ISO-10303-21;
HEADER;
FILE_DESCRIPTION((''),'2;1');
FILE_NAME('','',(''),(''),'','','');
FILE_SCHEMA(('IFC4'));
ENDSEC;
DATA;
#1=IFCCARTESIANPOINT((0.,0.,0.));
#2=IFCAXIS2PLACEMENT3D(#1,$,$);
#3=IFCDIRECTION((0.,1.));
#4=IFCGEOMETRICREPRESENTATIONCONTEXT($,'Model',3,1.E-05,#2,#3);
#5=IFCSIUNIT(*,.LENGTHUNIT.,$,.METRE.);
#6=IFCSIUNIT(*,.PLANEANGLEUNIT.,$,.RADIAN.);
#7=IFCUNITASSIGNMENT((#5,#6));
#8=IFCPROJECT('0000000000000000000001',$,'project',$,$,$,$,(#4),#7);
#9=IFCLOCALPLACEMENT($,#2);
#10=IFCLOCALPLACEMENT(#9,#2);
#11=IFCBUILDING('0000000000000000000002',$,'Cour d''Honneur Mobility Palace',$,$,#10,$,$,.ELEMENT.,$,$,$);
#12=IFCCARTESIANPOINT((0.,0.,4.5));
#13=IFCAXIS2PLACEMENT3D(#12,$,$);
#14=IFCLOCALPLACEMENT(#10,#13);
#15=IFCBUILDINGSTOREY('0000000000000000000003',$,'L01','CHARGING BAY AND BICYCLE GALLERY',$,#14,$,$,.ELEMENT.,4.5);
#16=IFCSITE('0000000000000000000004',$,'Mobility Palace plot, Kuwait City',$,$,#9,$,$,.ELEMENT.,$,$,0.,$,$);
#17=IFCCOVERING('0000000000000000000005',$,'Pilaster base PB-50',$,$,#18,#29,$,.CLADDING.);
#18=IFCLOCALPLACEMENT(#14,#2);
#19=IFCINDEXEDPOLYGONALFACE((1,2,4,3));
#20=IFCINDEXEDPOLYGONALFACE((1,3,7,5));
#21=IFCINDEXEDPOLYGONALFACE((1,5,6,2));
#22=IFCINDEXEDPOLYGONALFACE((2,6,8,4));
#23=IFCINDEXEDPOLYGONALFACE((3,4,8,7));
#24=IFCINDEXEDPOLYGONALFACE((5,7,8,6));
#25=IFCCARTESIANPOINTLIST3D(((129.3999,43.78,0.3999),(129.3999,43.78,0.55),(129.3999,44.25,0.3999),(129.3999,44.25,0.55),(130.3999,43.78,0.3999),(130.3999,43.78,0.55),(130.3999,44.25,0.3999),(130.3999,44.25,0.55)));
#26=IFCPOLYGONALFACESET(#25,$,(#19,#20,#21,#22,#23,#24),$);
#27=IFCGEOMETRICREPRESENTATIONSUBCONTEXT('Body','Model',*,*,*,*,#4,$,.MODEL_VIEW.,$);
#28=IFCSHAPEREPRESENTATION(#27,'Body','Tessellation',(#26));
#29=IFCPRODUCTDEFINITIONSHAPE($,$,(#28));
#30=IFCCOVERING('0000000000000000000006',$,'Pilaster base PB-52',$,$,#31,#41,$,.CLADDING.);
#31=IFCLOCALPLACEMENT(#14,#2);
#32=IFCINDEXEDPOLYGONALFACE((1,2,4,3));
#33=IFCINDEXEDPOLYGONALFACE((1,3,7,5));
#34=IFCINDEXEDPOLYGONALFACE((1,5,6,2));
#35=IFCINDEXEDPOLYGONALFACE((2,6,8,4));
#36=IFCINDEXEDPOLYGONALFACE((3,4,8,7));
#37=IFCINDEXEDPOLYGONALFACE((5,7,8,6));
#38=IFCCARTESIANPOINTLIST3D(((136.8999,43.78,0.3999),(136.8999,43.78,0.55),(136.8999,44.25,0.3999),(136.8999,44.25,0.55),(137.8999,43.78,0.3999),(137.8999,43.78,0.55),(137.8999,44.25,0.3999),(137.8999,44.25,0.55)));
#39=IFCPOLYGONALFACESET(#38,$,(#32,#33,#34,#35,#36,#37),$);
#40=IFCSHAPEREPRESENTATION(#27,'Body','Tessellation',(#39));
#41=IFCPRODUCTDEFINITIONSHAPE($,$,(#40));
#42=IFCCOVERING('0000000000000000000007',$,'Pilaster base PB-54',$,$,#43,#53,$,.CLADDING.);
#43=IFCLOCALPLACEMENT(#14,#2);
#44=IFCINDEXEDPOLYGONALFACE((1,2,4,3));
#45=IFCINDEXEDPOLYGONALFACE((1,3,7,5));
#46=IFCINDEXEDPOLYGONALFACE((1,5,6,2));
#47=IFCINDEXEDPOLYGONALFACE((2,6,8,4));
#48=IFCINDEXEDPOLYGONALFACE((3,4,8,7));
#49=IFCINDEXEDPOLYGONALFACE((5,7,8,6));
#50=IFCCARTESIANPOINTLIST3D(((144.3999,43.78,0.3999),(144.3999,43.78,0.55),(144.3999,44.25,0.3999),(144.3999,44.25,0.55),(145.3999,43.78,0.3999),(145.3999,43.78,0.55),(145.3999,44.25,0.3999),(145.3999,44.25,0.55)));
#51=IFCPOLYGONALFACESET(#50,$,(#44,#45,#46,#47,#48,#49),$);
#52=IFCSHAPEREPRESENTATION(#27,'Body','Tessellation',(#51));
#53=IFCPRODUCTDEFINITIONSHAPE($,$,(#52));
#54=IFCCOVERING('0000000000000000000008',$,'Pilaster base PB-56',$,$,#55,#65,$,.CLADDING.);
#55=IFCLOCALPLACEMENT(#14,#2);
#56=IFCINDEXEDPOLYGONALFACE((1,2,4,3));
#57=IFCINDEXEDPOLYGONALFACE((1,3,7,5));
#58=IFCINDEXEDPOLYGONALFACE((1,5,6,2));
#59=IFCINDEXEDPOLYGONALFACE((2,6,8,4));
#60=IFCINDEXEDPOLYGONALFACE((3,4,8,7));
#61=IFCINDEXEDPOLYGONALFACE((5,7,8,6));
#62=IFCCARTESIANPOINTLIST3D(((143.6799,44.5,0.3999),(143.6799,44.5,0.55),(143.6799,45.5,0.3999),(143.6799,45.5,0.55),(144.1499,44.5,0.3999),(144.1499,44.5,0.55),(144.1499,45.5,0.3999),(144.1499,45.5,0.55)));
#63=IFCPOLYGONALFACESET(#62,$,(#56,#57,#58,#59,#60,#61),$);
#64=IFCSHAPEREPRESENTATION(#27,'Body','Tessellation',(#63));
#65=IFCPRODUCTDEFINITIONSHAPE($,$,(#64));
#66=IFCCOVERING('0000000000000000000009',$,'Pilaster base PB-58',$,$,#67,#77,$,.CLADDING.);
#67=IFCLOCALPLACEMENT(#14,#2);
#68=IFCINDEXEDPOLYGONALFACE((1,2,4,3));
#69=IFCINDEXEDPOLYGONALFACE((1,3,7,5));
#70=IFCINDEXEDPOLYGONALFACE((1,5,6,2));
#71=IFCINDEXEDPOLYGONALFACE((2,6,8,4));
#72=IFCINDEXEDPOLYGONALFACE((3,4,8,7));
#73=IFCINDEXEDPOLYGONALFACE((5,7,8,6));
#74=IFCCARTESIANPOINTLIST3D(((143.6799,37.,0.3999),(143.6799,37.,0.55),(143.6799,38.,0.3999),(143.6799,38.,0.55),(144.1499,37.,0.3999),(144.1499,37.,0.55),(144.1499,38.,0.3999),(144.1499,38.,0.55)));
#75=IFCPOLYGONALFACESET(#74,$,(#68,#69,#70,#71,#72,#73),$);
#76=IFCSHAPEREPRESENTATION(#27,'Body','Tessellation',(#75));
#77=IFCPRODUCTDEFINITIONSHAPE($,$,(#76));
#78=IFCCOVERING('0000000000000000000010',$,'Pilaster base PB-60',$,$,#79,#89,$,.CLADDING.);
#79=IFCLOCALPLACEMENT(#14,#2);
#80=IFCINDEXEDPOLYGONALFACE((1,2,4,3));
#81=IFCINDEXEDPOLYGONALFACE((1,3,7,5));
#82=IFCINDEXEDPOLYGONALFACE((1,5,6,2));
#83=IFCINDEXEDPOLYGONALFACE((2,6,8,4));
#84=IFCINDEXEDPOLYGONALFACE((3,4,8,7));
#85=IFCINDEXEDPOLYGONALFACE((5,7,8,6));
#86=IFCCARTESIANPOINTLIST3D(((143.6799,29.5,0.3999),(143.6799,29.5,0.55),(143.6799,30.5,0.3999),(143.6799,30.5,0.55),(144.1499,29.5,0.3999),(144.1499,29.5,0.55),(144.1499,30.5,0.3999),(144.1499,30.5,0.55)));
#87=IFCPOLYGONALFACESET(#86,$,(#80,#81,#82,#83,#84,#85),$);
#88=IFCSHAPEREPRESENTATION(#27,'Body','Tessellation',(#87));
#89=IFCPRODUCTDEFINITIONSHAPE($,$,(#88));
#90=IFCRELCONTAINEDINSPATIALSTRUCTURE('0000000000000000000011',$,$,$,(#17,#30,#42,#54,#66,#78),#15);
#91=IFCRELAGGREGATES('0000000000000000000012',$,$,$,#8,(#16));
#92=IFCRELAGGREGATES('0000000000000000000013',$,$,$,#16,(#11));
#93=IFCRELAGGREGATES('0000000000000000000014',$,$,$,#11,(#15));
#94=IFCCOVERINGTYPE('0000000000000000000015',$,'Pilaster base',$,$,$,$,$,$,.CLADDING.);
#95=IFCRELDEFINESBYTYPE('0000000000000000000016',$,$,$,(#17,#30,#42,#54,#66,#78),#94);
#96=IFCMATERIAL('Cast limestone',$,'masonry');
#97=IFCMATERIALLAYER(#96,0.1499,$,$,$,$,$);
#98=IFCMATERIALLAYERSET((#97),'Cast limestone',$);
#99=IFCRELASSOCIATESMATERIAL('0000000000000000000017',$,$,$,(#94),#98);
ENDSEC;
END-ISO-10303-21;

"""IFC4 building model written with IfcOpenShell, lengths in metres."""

from ifc_helpers import new_model, si_unit, direction, frame, origin, place, context, subcontext, project, spatial, polyline, outline, extrude, material, layer, layer_set, type_object, element, save


model = new_model("IFC4")

# Units and contexts
model_context = context("Model", 3, precision=1e-05, world=origin(), true_north=direction((0.0, 1.0)))
body_context = subcontext(model_context, "Body", "Model", "MODEL_VIEW")
ifc_project = project(units=[si_unit("LENGTHUNIT", "METRE"), si_unit("PLANEANGLEUNIT", "RADIAN")], contexts=[model_context])

# Site, building, storey
site_placement = place(None, origin())
site = spatial("IfcSite", under=ifc_project, at=site_placement, Name="Mobility Palace plot, Kuwait City", CompositionType="ELEMENT", RefElevation=0.0)
building_placement = place(site_placement, origin())
building = spatial("IfcBuilding", under=site, at=building_placement, Name="Cour d'Honneur Mobility Palace", CompositionType="ELEMENT")
storey_placement = place(building_placement, frame((0.0, 0.0, 4.5)))
storey = spatial("IfcBuildingStorey", under=building, at=storey_placement, Name="L01", Description="CHARGING BAY AND BICYCLE GALLERY", CompositionType="ELEMENT", Elevation=4.5)

# Coverings
ifc_material = material(Name="Cast limestone", Category="masonry")
ifc_layer = layer(ifc_material, 0.1499)
ifc_layer_set = layer_set([ifc_layer], Name="Cast limestone")
covering_type = type_object("IfcCoveringType", Name="Pilaster base", PredefinedType="CLADDING", material=ifc_layer_set)
covering_1_placement = place(storey_placement, frame((0.0, 0.0, 0.3999)))
element("IfcCovering", 1, at=covering_1_placement, inside=storey, type_object=covering_type, Name="Pilaster base PB-50", PredefinedType="CLADDING", context=body_context, shape_type="SweptSolid", body=[
    extrude(outline(polyline([(129.3999, 44.25), (130.3999, 44.25), (130.3999, 43.78), (129.3999, 43.78), (129.3999, 44.25)])), origin(), (0.0, 0.0, 1.0), 0.1501),
])
covering_2_placement = place(storey_placement, frame((0.0, 0.0, 0.3999)))
element("IfcCovering", 2, at=covering_2_placement, inside=storey, type_object=covering_type, Name="Pilaster base PB-52", PredefinedType="CLADDING", context=body_context, shape_type="SweptSolid", body=[
    extrude(outline(polyline([(136.8999, 44.25), (137.8999, 44.25), (137.8999, 43.78), (136.8999, 43.78), (136.8999, 44.25)])), origin(), (0.0, 0.0, 1.0), 0.1501),
])
covering_3_placement = place(storey_placement, frame((0.0, 0.0, 0.3999)))
element("IfcCovering", 3, at=covering_3_placement, inside=storey, type_object=covering_type, Name="Pilaster base PB-54", PredefinedType="CLADDING", context=body_context, shape_type="SweptSolid", body=[
    extrude(outline(polyline([(144.3999, 44.25), (145.3999, 44.25), (145.3999, 43.78), (144.3999, 43.78), (144.3999, 44.25)])), origin(), (0.0, 0.0, 1.0), 0.1501),
])
covering_4_placement = place(storey_placement, frame((0.0, 0.0, 0.3999)))
element("IfcCovering", 4, at=covering_4_placement, inside=storey, type_object=covering_type, Name="Pilaster base PB-56", PredefinedType="CLADDING", context=body_context, shape_type="SweptSolid", body=[
    extrude(outline(polyline([(144.1499, 45.5), (144.1499, 44.5), (143.6799, 44.5), (143.6799, 45.5), (144.1499, 45.5)])), origin(), (0.0, 0.0, 1.0), 0.1501),
])
covering_5_placement = place(storey_placement, frame((0.0, 0.0, 0.3999)))
element("IfcCovering", 5, at=covering_5_placement, inside=storey, type_object=covering_type, Name="Pilaster base PB-58", PredefinedType="CLADDING", context=body_context, shape_type="SweptSolid", body=[
    extrude(outline(polyline([(144.1499, 38.0), (144.1499, 37.0), (143.6799, 37.0), (143.6799, 38.0), (144.1499, 38.0)])), origin(), (0.0, 0.0, 1.0), 0.1501),
])
covering_6_placement = place(storey_placement, frame((0.0, 0.0, 0.3999)))
element("IfcCovering", 6, at=covering_6_placement, inside=storey, type_object=covering_type, Name="Pilaster base PB-60", PredefinedType="CLADDING", context=body_context, shape_type="SweptSolid", body=[
    extrude(outline(polyline([(144.1499, 30.5), (144.1499, 29.5), (143.6799, 29.5), (143.6799, 30.5), (144.1499, 30.5)])), origin(), (0.0, 0.0, 1.0), 0.1501),
])

save(model, "model.ifc")
